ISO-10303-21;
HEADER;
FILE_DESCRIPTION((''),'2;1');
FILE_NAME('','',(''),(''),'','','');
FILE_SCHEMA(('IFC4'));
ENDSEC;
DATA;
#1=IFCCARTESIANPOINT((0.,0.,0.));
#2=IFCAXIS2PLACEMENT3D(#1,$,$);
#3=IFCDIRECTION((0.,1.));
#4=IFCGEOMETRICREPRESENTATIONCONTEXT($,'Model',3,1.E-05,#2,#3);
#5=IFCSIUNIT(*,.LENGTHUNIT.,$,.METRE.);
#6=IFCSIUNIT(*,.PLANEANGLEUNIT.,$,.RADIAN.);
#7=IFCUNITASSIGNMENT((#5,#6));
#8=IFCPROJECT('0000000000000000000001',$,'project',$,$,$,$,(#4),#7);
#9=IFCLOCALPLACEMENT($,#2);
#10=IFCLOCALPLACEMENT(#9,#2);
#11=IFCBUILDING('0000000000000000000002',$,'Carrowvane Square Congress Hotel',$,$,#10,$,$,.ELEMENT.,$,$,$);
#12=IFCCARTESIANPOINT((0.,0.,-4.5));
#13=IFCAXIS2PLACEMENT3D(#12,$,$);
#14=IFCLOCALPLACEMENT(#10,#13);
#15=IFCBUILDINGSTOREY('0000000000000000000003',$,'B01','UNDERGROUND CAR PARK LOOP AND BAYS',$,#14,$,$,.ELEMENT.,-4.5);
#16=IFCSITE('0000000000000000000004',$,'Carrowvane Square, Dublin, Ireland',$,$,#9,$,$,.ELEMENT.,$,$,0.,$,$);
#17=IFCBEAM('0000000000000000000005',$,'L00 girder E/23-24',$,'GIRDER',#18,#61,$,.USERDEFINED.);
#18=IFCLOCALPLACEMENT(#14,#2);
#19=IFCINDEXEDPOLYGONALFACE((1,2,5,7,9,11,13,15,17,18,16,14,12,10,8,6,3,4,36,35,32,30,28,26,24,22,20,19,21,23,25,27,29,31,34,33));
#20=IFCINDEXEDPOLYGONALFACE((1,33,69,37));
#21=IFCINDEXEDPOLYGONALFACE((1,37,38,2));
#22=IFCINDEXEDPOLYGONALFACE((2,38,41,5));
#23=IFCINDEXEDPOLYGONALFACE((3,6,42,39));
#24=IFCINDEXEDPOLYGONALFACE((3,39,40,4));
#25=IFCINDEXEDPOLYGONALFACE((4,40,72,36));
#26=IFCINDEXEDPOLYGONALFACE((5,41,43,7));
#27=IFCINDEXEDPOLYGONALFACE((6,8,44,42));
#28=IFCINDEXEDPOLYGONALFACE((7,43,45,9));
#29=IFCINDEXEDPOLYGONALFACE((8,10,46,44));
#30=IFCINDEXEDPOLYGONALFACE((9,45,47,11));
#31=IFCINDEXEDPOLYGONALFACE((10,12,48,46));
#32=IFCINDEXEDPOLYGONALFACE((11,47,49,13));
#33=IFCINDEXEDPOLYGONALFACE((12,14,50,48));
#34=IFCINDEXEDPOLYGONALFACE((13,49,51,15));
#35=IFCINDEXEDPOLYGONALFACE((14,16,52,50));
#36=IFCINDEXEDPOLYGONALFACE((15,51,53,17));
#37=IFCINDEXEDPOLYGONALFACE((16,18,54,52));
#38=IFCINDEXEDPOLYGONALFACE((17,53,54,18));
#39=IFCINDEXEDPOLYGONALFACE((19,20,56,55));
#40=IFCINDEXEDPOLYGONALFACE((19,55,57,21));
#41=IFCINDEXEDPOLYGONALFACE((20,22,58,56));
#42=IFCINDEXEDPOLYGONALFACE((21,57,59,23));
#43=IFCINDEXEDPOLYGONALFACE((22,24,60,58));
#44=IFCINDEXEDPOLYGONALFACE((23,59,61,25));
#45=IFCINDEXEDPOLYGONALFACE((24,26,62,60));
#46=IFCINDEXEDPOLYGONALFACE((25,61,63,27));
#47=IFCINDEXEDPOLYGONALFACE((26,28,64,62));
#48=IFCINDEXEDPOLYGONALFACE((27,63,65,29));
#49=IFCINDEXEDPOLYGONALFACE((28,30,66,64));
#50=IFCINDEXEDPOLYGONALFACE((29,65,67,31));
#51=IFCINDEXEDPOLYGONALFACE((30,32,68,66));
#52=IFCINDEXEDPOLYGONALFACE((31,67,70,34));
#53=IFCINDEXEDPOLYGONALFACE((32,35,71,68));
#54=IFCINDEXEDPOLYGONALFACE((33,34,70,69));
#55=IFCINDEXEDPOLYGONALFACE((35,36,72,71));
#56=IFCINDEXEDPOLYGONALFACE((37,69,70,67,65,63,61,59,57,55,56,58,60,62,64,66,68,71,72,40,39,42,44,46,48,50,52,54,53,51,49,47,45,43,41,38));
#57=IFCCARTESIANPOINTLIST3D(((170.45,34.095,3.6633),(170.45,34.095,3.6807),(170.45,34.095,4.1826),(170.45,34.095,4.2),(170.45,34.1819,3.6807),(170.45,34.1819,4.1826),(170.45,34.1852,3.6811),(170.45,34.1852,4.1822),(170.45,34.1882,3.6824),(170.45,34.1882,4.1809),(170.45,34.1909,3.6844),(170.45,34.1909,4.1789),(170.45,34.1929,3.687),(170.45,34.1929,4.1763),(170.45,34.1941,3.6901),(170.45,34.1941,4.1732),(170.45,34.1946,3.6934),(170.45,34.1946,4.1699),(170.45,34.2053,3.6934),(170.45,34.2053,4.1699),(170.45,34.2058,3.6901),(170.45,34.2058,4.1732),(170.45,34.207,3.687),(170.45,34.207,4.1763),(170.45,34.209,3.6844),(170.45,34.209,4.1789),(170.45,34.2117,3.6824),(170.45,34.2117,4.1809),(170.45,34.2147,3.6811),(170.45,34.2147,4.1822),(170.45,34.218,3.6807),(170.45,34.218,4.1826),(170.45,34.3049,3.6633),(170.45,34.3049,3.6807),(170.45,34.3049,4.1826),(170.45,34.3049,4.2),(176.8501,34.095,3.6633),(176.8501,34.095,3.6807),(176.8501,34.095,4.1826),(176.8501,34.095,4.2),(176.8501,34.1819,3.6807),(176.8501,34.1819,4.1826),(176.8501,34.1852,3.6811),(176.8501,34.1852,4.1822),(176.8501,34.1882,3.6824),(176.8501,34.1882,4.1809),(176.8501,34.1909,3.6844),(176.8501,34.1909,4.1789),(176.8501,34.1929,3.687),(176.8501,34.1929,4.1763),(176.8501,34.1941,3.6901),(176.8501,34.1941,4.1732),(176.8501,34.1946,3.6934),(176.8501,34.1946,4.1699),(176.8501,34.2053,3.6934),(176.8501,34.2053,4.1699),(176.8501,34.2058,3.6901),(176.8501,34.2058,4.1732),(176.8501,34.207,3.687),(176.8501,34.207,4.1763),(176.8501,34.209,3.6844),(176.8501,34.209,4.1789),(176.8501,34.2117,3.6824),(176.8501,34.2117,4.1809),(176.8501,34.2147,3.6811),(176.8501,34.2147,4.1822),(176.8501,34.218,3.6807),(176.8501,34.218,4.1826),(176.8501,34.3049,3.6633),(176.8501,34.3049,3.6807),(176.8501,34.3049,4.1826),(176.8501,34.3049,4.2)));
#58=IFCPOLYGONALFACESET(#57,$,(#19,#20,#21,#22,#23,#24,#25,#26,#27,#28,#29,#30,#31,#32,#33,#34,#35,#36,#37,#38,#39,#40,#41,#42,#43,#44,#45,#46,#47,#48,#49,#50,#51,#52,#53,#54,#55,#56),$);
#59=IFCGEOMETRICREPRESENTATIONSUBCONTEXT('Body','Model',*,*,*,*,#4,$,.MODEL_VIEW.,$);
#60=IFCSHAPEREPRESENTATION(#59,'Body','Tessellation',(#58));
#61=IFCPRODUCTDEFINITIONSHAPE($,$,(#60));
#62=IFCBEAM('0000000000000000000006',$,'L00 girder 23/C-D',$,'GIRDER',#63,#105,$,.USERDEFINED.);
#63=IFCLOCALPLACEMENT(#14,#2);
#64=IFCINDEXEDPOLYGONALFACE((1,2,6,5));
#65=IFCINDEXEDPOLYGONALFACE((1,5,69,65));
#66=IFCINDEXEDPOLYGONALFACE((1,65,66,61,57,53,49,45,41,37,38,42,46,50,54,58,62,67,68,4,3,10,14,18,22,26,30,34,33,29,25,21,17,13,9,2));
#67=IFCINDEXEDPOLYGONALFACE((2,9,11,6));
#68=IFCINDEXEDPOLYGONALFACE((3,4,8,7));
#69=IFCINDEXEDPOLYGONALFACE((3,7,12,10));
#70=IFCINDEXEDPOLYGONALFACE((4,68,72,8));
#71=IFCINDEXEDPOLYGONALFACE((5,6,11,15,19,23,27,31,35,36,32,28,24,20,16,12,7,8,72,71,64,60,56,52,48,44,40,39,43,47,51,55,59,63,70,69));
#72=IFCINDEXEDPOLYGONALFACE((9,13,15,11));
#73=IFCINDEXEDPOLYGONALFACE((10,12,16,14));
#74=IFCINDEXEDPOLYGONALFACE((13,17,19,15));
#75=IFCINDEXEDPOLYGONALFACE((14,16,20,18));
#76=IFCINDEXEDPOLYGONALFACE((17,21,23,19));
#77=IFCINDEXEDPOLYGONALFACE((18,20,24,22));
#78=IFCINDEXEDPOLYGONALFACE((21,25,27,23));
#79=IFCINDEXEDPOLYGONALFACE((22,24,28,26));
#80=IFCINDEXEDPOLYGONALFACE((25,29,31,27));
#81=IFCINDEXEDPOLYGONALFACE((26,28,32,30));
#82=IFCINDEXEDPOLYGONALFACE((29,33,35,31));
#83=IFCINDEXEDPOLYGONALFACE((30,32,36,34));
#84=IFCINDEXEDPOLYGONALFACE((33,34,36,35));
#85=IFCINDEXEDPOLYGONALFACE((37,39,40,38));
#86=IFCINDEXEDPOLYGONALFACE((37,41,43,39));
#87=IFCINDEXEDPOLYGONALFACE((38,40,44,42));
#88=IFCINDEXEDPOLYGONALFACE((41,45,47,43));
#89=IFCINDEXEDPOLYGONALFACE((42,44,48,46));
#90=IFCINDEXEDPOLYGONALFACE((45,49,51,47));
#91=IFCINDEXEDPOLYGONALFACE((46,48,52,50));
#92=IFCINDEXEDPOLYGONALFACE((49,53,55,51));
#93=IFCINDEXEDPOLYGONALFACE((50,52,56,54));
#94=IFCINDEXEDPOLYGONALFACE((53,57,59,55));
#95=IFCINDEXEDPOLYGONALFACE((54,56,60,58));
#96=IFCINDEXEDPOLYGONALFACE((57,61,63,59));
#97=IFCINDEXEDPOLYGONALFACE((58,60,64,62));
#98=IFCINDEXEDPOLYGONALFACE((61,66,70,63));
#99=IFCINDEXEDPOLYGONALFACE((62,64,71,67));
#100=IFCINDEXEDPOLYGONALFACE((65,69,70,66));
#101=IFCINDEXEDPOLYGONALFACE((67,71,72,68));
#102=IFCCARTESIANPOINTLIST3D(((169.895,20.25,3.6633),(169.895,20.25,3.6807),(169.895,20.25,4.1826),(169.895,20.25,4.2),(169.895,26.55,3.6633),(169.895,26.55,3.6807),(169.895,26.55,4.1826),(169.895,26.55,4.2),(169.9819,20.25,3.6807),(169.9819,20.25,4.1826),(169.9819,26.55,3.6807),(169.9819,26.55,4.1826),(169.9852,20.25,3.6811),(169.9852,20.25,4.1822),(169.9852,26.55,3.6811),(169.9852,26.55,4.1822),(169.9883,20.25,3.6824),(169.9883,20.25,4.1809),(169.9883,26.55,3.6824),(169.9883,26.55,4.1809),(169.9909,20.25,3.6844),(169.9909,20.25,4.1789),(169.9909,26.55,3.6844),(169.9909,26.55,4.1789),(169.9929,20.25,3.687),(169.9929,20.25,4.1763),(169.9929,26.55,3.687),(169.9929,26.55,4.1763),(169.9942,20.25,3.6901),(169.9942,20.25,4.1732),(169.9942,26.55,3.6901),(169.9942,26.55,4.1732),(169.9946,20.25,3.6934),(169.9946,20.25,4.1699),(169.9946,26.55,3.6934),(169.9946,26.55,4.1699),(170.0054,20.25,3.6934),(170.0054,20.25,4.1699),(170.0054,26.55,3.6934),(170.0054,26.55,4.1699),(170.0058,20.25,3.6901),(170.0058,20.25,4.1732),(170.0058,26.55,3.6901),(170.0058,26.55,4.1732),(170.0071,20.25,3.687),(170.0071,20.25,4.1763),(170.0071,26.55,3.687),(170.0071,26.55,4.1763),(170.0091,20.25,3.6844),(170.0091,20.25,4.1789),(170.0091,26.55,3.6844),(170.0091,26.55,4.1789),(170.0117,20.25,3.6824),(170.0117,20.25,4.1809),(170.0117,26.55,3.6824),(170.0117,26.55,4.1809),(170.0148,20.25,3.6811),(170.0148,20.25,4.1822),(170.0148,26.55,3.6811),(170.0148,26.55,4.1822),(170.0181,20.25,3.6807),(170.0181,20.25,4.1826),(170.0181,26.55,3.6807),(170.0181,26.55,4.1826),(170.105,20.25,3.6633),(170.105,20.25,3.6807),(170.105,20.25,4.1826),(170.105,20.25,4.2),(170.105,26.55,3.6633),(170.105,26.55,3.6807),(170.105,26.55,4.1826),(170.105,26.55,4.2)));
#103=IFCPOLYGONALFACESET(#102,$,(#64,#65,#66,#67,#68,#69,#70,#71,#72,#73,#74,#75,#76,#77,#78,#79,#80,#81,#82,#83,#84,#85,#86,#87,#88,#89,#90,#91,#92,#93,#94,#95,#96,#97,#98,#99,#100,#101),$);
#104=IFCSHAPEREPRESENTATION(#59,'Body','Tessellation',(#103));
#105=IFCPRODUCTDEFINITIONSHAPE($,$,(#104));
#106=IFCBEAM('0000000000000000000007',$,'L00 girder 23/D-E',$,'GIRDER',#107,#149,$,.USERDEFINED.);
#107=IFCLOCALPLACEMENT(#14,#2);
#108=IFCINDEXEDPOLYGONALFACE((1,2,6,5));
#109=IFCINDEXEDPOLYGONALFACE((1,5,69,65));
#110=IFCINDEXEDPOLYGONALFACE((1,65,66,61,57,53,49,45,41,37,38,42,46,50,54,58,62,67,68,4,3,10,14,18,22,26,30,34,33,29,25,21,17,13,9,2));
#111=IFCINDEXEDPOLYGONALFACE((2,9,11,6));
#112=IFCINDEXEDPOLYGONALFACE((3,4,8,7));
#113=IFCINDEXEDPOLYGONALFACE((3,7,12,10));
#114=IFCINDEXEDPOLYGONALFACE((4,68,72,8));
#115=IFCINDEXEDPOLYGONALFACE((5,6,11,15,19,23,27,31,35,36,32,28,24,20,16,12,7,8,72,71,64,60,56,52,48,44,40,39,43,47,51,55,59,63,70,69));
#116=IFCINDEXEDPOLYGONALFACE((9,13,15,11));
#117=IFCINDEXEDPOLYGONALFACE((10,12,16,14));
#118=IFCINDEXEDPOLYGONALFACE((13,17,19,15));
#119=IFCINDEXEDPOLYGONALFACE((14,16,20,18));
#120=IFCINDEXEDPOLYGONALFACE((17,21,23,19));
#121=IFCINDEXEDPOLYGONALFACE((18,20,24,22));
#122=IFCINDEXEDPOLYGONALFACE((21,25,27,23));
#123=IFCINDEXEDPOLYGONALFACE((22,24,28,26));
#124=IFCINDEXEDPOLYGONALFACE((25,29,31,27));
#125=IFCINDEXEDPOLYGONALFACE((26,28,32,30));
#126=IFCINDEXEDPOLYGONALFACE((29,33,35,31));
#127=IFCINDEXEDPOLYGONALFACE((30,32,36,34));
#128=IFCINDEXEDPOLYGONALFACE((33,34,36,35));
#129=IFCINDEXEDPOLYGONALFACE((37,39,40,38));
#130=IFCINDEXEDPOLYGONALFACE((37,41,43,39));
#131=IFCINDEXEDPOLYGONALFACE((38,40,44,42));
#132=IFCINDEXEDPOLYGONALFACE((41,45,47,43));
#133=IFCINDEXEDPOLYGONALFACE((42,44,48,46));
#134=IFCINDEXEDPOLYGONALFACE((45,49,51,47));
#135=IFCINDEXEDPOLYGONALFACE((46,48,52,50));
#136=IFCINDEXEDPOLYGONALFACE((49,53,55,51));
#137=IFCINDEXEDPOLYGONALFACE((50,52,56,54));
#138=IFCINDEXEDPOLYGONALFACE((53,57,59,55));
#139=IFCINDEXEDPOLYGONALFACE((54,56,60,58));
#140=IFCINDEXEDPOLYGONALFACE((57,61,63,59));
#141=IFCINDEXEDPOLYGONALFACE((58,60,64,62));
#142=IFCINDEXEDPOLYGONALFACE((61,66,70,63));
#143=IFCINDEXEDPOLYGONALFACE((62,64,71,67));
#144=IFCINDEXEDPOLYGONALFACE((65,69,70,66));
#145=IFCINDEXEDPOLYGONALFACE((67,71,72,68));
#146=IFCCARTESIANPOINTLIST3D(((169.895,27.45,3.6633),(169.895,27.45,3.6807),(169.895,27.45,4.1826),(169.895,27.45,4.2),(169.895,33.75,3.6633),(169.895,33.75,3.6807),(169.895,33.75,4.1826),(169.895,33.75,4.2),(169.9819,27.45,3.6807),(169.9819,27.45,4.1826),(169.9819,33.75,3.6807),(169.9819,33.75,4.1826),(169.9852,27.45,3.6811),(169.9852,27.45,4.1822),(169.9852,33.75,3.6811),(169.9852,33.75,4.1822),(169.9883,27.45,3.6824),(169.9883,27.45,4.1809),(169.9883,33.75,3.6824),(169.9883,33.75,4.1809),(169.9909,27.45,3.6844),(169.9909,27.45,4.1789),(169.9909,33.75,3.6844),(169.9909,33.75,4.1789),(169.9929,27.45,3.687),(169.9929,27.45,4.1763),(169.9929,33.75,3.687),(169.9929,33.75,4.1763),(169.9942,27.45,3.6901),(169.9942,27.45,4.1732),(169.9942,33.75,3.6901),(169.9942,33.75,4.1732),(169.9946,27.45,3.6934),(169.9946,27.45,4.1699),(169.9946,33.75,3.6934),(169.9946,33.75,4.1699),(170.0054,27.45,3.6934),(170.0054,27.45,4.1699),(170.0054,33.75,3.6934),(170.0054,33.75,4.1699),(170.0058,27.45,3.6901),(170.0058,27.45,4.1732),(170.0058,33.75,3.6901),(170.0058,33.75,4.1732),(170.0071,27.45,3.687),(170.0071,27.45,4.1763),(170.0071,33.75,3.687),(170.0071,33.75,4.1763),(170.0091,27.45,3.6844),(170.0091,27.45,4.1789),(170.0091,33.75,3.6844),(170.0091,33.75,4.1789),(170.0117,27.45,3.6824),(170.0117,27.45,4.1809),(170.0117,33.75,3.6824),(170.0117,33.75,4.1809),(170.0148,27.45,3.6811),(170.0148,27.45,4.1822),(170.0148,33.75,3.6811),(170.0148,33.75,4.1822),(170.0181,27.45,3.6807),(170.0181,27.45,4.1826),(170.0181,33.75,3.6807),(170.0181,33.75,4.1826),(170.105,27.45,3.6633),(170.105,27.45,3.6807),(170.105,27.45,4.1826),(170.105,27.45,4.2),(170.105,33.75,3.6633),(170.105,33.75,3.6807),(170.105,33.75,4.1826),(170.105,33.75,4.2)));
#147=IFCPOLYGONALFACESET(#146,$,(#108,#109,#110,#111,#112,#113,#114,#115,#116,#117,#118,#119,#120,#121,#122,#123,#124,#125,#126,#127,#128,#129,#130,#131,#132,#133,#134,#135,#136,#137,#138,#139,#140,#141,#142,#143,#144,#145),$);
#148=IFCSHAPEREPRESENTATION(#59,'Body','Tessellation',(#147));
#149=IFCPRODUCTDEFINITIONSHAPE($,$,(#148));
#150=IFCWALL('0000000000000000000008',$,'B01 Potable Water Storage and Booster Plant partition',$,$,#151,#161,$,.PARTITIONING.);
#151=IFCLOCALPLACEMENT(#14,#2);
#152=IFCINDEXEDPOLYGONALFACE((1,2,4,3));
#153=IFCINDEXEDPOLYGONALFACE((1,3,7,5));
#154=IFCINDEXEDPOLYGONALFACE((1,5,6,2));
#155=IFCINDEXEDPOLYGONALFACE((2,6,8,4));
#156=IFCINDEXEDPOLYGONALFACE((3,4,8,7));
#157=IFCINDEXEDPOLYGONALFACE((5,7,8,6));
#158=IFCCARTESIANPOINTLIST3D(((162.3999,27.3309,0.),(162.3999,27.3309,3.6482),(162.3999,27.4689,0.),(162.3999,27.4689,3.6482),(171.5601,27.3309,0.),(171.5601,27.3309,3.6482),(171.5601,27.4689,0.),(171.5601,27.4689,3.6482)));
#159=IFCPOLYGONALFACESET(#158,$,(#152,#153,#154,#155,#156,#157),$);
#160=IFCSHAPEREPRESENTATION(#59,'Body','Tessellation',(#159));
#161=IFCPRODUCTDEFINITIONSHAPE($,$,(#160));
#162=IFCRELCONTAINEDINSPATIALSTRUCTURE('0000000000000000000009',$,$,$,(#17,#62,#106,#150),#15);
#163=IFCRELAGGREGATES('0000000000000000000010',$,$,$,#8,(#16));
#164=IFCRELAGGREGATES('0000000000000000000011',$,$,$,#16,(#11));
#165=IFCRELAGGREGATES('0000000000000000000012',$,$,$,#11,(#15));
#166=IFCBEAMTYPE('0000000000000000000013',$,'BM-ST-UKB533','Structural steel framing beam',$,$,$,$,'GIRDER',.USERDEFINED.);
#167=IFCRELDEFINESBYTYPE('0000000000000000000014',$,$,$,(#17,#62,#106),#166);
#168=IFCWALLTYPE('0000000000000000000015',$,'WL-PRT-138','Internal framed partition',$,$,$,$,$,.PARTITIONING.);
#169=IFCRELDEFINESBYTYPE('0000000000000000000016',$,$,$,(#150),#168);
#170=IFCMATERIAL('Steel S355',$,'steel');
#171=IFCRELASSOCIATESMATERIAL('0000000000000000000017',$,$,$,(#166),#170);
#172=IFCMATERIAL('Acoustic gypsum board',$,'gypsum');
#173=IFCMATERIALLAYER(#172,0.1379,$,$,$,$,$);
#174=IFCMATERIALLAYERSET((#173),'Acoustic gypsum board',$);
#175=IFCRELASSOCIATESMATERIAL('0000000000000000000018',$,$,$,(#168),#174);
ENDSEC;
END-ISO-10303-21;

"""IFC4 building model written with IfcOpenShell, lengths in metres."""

from ifc_helpers import new_model, si_unit, direction, frame, frame_2d, origin, origin_2d, place, context, subcontext, project, spatial, rectangle, i_section, extrude, material, layer, layer_set, material_profile, profile_set, type_object, element, save


model = new_model("IFC4")

# Units and contexts
model_context = context("Model", 3, precision=1e-05, world=origin(), true_north=direction((0.0, 1.0)))
body_context = subcontext(model_context, "Body", "Model", "MODEL_VIEW")
ifc_project = project(units=[si_unit("LENGTHUNIT", "METRE"), si_unit("PLANEANGLEUNIT", "RADIAN")], contexts=[model_context])

# Site, building, storey
site_placement = place(None, origin())
site = spatial("IfcSite", under=ifc_project, at=site_placement, Name="Carrowvane Square, Dublin, Ireland", CompositionType="ELEMENT", RefElevation=0.0)
building_placement = place(site_placement, origin())
building = spatial("IfcBuilding", under=site, at=building_placement, Name="Carrowvane Square Congress Hotel", CompositionType="ELEMENT")
storey_placement = place(building_placement, frame((0.0, 0.0, -4.5)))
storey = spatial("IfcBuildingStorey", under=building, at=storey_placement, Name="B01", Description="UNDERGROUND CAR PARK LOOP AND BAYS", CompositionType="ELEMENT", Elevation=-4.5)

# Beams
ifc_material_1 = material(Name="Steel S355", Category="steel")
ifc_material_profile_1 = material_profile(ifc_material_1, i_section(OverallWidth=0.21, OverallDepth=0.5366, WebThickness=0.0107, FlangeThickness=0.0173, FilletRadius=0.0127, at=origin_2d()), Name="UKB 533x210x101")
ifc_profile_set_1 = profile_set([ifc_material_profile_1], Name="Steel S355")
beam_type_1 = type_object("IfcBeamType", Name="BM-ST-UKB533", Description="Structural steel framing beam", ElementType="GIRDER", PredefinedType="USERDEFINED", material=ifc_profile_set_1)
for number, where, z_axis, x_axis, name in (
    (1, (170.45, 34.2, 3.9316), (1.0, 0.0, 0.0), (0.0, 1.0, 0.0), "L00 girder E/23-24"),
):
    element("IfcBeam", number, at=place(storey_placement, frame(where, z_axis=z_axis, x_axis=x_axis)), inside=storey, type_object=beam_type_1, Name=name, ObjectType="GIRDER", PredefinedType="USERDEFINED", context=body_context, shape_type="SweptSolid", body=[
        extrude(i_section(OverallWidth=0.21, OverallDepth=0.5366, WebThickness=0.0107, FlangeThickness=0.0173, FilletRadius=0.0127, at=origin_2d()), origin(), (0.0, 0.0, 1.0), 6.4001),
    ])
for number, where, z_axis, x_axis, name in (
    (2, (170.0, 20.25, 3.9316), (0.0, 1.0, 0.0), (-1.0, 0.0, 0.0), "L00 girder 23/C-D"),
    (3, (170.0, 27.45, 3.9316), (0.0, 1.0, 0.0), (-1.0, 0.0, 0.0), "L00 girder 23/D-E"),
):
    element("IfcBeam", number, at=place(storey_placement, frame(where, z_axis=z_axis, x_axis=x_axis)), inside=storey, type_object=beam_type_1, Name=name, ObjectType="GIRDER", PredefinedType="USERDEFINED", context=body_context, shape_type="SweptSolid", body=[
        extrude(i_section(OverallWidth=0.21, OverallDepth=0.5366, WebThickness=0.0107, FlangeThickness=0.0173, FilletRadius=0.0127, at=origin_2d()), origin(), (0.0, 0.0, 1.0), 6.3),
    ])

# Wall
ifc_material_2 = material(Name="Acoustic gypsum board", Category="gypsum")
ifc_layer = layer(ifc_material_2, 0.1379)
ifc_layer_set = layer_set([ifc_layer], Name="Acoustic gypsum board")
wall_type = type_object("IfcWallType", Name="WL-PRT-138", Description="Internal framed partition", PredefinedType="PARTITIONING", material=ifc_layer_set)
wall_placement = place(storey_placement, frame((171.5601, 27.3999, 0.0), z_axis=(0.0, 0.0, 1.0), x_axis=(-1.0, 0.0, 0.0)))
element("IfcWall", 4, at=wall_placement, inside=storey, type_object=wall_type, Name="B01 Potable Water Storage and Booster Plant partition", PredefinedType="PARTITIONING", context=body_context, shape_type="SweptSolid", body=[
    extrude(rectangle(XDim=9.1602, YDim=0.1379, at=frame_2d((4.5801, 0.0))), origin(), (0.0, 0.0, 1.0), 3.6482),
])

save(model, "model.ifc")
